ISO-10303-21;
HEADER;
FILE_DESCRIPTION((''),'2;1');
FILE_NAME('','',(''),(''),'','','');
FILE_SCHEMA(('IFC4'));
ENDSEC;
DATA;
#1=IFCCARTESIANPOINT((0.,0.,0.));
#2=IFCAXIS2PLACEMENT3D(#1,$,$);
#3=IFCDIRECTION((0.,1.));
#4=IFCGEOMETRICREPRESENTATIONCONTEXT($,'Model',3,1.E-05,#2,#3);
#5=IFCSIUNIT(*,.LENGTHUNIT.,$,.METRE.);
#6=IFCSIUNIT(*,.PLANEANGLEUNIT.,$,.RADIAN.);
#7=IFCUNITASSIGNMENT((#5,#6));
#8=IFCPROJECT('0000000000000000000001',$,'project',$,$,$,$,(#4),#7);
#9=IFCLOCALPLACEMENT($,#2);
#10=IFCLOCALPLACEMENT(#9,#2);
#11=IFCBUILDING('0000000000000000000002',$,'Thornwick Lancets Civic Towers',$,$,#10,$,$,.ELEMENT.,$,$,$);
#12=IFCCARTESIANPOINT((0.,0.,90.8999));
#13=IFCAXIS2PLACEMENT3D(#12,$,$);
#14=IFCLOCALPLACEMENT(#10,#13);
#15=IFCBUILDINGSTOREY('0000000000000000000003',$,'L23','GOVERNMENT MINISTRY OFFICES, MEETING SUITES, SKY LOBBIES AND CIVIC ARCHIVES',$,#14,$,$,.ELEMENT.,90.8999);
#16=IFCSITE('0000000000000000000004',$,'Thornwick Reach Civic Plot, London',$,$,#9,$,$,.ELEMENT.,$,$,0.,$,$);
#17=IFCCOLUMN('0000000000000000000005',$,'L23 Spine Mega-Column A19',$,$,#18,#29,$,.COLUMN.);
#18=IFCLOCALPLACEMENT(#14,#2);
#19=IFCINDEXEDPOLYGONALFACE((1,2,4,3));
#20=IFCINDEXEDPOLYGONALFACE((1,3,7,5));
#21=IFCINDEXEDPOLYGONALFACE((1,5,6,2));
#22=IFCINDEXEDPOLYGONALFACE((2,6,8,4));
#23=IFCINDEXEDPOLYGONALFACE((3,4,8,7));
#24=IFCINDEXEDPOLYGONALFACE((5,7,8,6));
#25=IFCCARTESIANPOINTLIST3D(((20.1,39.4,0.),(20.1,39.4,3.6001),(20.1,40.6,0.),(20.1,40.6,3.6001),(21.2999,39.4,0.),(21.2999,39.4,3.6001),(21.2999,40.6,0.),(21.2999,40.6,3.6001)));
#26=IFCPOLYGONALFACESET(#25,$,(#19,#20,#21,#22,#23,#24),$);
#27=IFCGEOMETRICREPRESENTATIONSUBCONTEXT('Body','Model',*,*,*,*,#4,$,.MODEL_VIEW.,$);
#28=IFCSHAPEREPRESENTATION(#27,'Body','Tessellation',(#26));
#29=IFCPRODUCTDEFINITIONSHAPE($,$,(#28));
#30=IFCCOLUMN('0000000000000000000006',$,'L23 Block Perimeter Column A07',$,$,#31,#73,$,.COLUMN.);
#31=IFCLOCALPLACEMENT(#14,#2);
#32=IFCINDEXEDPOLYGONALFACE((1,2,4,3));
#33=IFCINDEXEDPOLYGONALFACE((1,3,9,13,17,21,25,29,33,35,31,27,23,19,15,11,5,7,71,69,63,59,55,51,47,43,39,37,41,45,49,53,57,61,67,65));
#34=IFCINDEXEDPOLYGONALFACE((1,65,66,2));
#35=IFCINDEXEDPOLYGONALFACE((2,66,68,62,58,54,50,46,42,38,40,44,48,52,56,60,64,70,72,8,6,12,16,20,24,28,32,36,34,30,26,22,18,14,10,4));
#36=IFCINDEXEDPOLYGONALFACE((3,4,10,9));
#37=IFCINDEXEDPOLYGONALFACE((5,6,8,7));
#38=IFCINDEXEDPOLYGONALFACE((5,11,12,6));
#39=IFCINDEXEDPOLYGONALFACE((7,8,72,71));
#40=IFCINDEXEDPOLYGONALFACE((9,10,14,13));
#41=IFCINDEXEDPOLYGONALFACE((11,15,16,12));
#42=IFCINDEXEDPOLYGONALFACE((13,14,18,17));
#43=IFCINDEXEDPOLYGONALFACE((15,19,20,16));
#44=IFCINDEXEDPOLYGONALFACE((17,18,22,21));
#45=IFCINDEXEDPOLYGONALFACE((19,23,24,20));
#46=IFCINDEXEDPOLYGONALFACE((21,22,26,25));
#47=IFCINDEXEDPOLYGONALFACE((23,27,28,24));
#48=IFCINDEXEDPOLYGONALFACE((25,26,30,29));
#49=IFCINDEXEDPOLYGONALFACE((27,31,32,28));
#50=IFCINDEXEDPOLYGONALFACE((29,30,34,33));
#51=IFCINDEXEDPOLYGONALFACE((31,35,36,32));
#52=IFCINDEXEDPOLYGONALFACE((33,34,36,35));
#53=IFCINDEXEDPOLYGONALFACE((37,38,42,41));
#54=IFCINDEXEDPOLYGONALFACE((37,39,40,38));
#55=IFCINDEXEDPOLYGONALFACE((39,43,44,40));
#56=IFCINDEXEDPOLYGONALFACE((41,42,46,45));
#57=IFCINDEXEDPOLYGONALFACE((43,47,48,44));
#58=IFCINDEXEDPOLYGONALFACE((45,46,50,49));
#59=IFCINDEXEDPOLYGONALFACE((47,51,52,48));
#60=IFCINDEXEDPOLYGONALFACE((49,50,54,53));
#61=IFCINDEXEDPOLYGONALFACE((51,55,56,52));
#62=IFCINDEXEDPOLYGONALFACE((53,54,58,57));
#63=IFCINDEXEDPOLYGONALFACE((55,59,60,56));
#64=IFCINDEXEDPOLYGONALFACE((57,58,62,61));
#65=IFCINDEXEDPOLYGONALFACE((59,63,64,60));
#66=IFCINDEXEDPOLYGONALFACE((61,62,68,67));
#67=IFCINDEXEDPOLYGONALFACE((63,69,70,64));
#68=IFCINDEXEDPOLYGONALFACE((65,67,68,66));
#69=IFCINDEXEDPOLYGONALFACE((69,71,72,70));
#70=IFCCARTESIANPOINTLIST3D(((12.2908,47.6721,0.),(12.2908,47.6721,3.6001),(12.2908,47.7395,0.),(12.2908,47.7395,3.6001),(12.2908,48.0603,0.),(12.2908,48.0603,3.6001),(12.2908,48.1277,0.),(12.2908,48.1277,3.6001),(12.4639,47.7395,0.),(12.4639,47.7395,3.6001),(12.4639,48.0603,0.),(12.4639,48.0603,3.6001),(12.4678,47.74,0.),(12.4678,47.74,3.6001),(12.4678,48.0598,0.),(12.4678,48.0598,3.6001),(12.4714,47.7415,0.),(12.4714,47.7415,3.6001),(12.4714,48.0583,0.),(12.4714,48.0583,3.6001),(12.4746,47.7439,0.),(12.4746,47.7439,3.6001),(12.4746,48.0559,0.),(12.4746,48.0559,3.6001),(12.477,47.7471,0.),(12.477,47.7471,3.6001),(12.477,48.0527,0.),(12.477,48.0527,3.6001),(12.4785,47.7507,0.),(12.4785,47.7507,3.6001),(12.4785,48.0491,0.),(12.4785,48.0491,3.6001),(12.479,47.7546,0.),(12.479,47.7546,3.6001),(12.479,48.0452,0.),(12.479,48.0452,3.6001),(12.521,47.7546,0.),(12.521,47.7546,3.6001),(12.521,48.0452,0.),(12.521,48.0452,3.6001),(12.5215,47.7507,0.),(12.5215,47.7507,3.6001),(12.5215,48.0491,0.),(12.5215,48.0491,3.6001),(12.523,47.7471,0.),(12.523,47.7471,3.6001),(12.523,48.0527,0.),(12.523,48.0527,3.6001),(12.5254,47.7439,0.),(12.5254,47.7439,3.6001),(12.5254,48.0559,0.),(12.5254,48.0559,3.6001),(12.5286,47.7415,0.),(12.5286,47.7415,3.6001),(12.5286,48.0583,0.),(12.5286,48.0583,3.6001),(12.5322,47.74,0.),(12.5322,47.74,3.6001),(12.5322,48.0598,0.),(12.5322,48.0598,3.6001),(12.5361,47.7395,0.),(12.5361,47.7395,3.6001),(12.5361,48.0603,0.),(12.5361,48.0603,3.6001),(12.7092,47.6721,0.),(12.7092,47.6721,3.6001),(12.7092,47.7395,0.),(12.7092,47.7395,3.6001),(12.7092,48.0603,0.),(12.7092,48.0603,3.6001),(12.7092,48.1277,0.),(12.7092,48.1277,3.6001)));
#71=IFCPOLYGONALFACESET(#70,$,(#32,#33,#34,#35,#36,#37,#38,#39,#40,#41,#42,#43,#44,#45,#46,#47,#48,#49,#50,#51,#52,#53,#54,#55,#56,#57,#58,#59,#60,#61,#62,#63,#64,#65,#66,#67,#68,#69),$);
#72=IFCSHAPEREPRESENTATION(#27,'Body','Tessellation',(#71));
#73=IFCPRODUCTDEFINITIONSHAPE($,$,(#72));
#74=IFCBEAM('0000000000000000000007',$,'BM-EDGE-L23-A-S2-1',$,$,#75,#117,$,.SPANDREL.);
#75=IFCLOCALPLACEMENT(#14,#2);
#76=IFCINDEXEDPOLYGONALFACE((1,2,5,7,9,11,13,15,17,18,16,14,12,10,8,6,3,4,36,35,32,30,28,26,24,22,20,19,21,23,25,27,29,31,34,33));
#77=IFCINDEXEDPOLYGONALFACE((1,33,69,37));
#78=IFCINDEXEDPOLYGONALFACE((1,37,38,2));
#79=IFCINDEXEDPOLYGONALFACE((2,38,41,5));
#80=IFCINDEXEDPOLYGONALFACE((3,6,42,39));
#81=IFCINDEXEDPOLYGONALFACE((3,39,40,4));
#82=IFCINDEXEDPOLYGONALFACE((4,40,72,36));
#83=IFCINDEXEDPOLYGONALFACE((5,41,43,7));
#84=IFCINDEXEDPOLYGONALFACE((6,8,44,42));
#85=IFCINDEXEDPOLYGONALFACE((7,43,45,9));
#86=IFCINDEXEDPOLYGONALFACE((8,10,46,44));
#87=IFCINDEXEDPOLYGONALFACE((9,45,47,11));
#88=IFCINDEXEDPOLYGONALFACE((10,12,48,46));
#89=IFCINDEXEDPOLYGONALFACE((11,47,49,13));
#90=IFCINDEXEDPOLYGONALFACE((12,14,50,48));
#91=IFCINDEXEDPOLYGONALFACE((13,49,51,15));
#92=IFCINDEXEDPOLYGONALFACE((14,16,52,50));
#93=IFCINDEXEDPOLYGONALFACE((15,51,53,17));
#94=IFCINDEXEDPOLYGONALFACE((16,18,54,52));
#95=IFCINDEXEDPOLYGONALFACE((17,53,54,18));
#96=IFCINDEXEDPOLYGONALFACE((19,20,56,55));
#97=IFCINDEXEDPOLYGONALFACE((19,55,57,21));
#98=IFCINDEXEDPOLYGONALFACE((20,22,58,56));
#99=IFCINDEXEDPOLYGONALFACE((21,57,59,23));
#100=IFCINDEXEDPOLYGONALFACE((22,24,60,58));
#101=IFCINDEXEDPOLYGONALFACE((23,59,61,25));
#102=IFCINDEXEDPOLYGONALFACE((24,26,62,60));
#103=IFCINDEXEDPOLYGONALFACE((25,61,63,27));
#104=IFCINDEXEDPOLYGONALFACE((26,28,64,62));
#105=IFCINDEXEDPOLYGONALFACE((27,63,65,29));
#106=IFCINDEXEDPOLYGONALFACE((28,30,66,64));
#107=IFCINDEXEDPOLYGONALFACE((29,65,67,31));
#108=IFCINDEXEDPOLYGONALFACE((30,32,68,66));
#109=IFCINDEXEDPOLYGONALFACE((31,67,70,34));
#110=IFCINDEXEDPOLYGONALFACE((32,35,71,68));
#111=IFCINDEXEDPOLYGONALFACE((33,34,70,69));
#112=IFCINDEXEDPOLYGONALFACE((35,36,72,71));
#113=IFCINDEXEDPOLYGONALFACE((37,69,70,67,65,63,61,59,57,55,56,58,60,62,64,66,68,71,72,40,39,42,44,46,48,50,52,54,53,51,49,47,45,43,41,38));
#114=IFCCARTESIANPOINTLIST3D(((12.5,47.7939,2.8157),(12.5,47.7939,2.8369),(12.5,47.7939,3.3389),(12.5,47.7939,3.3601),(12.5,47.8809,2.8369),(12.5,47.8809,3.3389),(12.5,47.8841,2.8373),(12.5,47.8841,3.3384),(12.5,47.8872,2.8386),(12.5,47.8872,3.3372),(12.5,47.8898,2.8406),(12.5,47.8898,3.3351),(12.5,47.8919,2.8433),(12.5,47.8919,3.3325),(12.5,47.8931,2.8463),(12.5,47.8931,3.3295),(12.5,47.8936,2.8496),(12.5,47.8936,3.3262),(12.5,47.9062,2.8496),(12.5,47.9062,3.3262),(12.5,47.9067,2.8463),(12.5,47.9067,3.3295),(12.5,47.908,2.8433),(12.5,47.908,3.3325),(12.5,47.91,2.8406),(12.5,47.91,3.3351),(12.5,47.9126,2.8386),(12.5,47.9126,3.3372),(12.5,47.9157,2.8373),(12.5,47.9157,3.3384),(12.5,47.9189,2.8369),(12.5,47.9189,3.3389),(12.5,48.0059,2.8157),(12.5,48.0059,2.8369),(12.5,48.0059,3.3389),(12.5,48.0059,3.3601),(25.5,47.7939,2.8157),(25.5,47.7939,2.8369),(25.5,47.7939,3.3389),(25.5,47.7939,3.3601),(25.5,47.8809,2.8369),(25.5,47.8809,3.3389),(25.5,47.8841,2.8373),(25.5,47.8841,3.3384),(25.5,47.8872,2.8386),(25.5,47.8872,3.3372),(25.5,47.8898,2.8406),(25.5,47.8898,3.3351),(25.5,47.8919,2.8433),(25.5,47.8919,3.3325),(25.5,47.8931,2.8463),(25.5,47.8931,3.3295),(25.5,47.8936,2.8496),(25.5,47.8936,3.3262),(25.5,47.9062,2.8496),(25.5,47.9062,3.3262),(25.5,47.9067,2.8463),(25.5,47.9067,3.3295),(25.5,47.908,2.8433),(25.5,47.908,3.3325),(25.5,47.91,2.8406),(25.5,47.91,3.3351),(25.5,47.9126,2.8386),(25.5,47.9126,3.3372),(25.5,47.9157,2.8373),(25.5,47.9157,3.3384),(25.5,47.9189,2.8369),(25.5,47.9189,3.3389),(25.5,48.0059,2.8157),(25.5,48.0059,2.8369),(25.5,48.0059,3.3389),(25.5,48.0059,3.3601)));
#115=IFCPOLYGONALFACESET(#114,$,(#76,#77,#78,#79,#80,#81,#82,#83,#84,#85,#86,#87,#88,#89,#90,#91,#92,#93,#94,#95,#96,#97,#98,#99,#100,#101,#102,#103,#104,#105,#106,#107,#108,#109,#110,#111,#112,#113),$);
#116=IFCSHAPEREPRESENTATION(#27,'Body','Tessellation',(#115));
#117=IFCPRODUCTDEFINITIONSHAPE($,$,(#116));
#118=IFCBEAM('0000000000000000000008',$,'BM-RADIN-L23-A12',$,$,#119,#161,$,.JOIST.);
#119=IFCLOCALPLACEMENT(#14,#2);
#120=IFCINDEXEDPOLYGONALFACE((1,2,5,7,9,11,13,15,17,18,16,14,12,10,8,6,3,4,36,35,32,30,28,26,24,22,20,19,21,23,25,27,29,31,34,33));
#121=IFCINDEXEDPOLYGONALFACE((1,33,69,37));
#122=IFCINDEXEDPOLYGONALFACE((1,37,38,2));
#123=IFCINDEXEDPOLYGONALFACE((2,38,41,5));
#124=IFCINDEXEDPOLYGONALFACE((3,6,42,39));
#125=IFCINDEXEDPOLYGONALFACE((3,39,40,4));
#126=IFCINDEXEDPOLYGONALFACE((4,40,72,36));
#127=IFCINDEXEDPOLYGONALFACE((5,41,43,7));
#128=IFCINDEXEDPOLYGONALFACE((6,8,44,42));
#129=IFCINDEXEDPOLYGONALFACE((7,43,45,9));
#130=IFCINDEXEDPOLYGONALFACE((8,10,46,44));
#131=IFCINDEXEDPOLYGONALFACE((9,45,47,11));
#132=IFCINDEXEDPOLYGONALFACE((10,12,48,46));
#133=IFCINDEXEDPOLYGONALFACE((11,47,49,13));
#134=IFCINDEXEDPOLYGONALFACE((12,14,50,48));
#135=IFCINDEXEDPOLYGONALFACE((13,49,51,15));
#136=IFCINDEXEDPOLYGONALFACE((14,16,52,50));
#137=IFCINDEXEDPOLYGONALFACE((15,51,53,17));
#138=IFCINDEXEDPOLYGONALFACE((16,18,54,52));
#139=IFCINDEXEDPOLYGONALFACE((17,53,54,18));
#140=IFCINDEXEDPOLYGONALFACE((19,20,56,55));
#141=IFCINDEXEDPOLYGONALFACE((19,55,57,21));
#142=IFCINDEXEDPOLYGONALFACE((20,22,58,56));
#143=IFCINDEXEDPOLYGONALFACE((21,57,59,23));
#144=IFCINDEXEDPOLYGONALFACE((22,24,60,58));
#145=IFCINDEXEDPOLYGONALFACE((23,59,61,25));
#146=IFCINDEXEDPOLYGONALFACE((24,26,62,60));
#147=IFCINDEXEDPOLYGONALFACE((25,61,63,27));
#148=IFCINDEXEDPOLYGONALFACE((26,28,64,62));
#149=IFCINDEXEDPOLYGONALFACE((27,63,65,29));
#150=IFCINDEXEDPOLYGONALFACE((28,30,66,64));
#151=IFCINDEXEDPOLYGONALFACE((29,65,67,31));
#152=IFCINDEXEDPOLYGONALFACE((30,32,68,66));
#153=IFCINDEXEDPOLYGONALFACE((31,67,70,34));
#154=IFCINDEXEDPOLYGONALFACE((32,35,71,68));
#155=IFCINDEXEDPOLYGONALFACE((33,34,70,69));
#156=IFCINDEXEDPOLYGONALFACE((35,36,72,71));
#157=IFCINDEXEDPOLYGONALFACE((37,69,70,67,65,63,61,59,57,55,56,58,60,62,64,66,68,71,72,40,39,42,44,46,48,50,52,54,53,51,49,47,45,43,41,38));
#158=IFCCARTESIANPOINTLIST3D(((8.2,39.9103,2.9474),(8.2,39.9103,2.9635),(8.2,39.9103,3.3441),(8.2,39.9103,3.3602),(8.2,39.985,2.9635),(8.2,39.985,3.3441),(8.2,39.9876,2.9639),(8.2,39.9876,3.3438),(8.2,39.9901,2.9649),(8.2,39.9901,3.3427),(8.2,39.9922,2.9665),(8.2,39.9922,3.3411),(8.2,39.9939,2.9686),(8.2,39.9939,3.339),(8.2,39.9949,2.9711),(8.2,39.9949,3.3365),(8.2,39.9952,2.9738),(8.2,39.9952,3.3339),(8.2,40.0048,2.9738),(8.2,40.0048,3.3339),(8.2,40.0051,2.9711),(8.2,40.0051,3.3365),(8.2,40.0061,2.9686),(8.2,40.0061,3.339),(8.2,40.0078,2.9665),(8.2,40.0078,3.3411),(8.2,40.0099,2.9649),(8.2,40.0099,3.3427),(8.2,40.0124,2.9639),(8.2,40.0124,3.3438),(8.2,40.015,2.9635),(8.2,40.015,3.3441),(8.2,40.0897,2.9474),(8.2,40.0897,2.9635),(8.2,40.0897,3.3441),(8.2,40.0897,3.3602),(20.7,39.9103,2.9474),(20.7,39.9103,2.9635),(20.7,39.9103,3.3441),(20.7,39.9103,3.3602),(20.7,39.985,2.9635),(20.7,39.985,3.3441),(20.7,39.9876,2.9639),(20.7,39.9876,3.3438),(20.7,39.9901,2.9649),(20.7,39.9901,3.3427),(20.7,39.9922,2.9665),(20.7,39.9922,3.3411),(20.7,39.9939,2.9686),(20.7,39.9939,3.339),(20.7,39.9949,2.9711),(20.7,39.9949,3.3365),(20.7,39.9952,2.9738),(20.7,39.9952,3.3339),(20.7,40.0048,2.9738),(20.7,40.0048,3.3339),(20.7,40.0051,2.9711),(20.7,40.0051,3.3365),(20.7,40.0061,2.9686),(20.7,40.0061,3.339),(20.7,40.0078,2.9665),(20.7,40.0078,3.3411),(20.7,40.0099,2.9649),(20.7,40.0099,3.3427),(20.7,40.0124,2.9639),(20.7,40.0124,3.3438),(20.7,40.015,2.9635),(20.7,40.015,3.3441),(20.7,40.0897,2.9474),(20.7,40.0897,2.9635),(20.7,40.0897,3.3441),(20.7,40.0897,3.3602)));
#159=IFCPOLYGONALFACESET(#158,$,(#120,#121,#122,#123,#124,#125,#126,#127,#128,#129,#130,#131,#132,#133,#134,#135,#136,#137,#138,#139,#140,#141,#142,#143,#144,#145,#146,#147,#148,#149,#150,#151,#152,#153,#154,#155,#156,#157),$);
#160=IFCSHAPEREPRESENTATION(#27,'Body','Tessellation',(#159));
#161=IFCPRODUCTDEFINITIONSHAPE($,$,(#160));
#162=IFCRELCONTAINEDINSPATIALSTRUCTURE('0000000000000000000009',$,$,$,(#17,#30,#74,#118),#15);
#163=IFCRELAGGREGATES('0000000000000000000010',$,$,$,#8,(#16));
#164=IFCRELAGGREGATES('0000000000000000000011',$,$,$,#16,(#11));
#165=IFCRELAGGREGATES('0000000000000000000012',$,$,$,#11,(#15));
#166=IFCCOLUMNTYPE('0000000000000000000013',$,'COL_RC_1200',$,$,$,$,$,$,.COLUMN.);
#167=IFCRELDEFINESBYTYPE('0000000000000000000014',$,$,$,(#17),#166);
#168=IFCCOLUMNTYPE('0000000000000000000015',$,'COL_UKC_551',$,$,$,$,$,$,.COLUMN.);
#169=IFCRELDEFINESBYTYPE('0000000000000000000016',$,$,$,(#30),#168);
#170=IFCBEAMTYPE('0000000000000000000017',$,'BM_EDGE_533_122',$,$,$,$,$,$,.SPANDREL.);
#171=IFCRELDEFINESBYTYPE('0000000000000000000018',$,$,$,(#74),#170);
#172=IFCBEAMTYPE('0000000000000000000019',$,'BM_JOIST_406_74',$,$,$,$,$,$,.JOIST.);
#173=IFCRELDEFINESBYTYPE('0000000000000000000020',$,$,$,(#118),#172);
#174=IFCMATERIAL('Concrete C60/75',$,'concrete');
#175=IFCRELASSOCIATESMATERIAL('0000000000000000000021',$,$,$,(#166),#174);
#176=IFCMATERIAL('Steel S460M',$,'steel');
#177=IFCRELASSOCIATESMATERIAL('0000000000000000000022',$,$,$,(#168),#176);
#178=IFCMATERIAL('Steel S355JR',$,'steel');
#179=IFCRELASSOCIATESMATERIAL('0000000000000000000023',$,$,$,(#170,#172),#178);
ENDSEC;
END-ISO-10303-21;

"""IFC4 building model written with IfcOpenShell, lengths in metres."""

from ifc_helpers import new_model, si_unit, direction, frame, origin, origin_2d, place, context, subcontext, project, spatial, rectangle, i_section, extrude, material, material_profile, profile_set, type_object, element, save


model = new_model("IFC4")

# Units and contexts
model_context = context("Model", 3, precision=1e-05, world=origin(), true_north=direction((0.0, 1.0)))
body_context = subcontext(model_context, "Body", "Model", "MODEL_VIEW")
ifc_project = project(units=[si_unit("LENGTHUNIT", "METRE"), si_unit("PLANEANGLEUNIT", "RADIAN")], contexts=[model_context])

# Site, building, storey
site_placement = place(None, origin())
site = spatial("IfcSite", under=ifc_project, at=site_placement, Name="Thornwick Reach Civic Plot, London", CompositionType="ELEMENT", RefElevation=0.0)
building_placement = place(site_placement, origin())
building = spatial("IfcBuilding", under=site, at=building_placement, Name="Thornwick Lancets Civic Towers", CompositionType="ELEMENT")
storey_placement = place(building_placement, frame((0.0, 0.0, 90.8999)))
storey = spatial("IfcBuildingStorey", under=building, at=storey_placement, Name="L23", Description="GOVERNMENT MINISTRY OFFICES, MEETING SUITES, SKY LOBBIES AND CIVIC ARCHIVES", CompositionType="ELEMENT", Elevation=90.8999)

# Columns
ifc_material_1 = material(Name="Concrete C60/75", Category="concrete")
ifc_material_profile_1 = material_profile(ifc_material_1, rectangle(XDim=1.2, YDim=1.2, at=origin_2d()), Name="RC 1200x1200")
ifc_profile_set_1 = profile_set([ifc_material_profile_1], Name="Concrete C60/75")
column_type_1 = type_object("IfcColumnType", Name="COL_RC_1200", PredefinedType="COLUMN", material=ifc_profile_set_1)
column_1_placement = place(storey_placement, frame((20.7, 40.0, 0.0), z_axis=(0.0, 0.0, 1.0), x_axis=(1.0, 0.0, 0.0)))
element("IfcColumn", 1, at=column_1_placement, inside=storey, type_object=column_type_1, Name="L23 Spine Mega-Column A19", PredefinedType="COLUMN", context=body_context, shape_type="SweptSolid", body=[
    extrude(rectangle(XDim=1.2, YDim=1.2, at=origin_2d()), origin(), (0.0, 0.0, 1.0), 3.6001),
])
ifc_material_2 = material(Name="Steel S460M", Category="steel")
ifc_material_profile_2 = material_profile(ifc_material_2, i_section(OverallWidth=0.4185, OverallDepth=0.4556, WebThickness=0.042, FlangeThickness=0.0674, FilletRadius=0.0151, at=origin_2d()), Name="UKC 356x406x551")
ifc_profile_set_2 = profile_set([ifc_material_profile_2], Name="Steel S460M")
column_type_2 = type_object("IfcColumnType", Name="COL_UKC_551", PredefinedType="COLUMN", material=ifc_profile_set_2)
column_2_placement = place(storey_placement, frame((12.5, 47.8999, 0.0), z_axis=(0.0, 0.0, 1.0), x_axis=(1.0, 0.0, 0.0)))
element("IfcColumn", 2, at=column_2_placement, inside=storey, type_object=column_type_2, Name="L23 Block Perimeter Column A07", PredefinedType="COLUMN", context=body_context, shape_type="SweptSolid", body=[
    extrude(i_section(OverallWidth=0.4185, OverallDepth=0.4556, WebThickness=0.042, FlangeThickness=0.0674, FilletRadius=0.0151, at=origin_2d()), origin(), (0.0, 0.0, 1.0), 3.6001),
])

# Beams
ifc_material_3 = material(Name="Steel S355JR", Category="steel")
ifc_material_profile_3 = material_profile(ifc_material_3, i_section(OverallWidth=0.2119, OverallDepth=0.5444, WebThickness=0.0127, FlangeThickness=0.0212, FilletRadius=0.0127, at=origin_2d()), Name="UKB 533x210x122")
ifc_profile_set_3 = profile_set([ifc_material_profile_3], Name="Steel S355JR")
beam_type_1 = type_object("IfcBeamType", Name="BM_EDGE_533_122", PredefinedType="SPANDREL", material=ifc_profile_set_3)
beam_1_placement = place(storey_placement, frame((12.5, 47.8999, 3.0879), z_axis=(1.0, 0.0, 0.0), x_axis=(0.0, 1.0, 0.0)))
element("IfcBeam", 3, at=beam_1_placement, inside=storey, type_object=beam_type_1, Name="BM-EDGE-L23-A-S2-1", PredefinedType="SPANDREL", context=body_context, shape_type="SweptSolid", body=[
    extrude(i_section(OverallWidth=0.2119, OverallDepth=0.5444, WebThickness=0.0127, FlangeThickness=0.0212, FilletRadius=0.0127, at=origin_2d()), origin(), (0.0, 0.0, 1.0), 13.0),
])
ifc_material_profile_4 = material_profile(ifc_material_3, i_section(OverallWidth=0.1794, OverallDepth=0.4128, WebThickness=0.0095, FlangeThickness=0.0161, FilletRadius=0.0103, at=origin_2d()), Name="UKB 406x178x74")
ifc_profile_set_4 = profile_set([ifc_material_profile_4], Name="Steel S355JR")
beam_type_2 = type_object("IfcBeamType", Name="BM_JOIST_406_74", PredefinedType="JOIST", material=ifc_profile_set_4)
beam_2_placement = place(storey_placement, frame((20.7, 40.0, 3.1538), z_axis=(-1.0, 0.0, 0.0), x_axis=(0.0, -1.0, 0.0)))
element("IfcBeam", 4, at=beam_2_placement, inside=storey, type_object=beam_type_2, Name="BM-RADIN-L23-A12", PredefinedType="JOIST", context=body_context, shape_type="SweptSolid", body=[
    extrude(i_section(OverallWidth=0.1794, OverallDepth=0.4128, WebThickness=0.0095, FlangeThickness=0.0161, FilletRadius=0.0103, at=origin_2d()), origin(), (0.0, 0.0, 1.0), 12.5),
])

save(model, "model.ifc")
